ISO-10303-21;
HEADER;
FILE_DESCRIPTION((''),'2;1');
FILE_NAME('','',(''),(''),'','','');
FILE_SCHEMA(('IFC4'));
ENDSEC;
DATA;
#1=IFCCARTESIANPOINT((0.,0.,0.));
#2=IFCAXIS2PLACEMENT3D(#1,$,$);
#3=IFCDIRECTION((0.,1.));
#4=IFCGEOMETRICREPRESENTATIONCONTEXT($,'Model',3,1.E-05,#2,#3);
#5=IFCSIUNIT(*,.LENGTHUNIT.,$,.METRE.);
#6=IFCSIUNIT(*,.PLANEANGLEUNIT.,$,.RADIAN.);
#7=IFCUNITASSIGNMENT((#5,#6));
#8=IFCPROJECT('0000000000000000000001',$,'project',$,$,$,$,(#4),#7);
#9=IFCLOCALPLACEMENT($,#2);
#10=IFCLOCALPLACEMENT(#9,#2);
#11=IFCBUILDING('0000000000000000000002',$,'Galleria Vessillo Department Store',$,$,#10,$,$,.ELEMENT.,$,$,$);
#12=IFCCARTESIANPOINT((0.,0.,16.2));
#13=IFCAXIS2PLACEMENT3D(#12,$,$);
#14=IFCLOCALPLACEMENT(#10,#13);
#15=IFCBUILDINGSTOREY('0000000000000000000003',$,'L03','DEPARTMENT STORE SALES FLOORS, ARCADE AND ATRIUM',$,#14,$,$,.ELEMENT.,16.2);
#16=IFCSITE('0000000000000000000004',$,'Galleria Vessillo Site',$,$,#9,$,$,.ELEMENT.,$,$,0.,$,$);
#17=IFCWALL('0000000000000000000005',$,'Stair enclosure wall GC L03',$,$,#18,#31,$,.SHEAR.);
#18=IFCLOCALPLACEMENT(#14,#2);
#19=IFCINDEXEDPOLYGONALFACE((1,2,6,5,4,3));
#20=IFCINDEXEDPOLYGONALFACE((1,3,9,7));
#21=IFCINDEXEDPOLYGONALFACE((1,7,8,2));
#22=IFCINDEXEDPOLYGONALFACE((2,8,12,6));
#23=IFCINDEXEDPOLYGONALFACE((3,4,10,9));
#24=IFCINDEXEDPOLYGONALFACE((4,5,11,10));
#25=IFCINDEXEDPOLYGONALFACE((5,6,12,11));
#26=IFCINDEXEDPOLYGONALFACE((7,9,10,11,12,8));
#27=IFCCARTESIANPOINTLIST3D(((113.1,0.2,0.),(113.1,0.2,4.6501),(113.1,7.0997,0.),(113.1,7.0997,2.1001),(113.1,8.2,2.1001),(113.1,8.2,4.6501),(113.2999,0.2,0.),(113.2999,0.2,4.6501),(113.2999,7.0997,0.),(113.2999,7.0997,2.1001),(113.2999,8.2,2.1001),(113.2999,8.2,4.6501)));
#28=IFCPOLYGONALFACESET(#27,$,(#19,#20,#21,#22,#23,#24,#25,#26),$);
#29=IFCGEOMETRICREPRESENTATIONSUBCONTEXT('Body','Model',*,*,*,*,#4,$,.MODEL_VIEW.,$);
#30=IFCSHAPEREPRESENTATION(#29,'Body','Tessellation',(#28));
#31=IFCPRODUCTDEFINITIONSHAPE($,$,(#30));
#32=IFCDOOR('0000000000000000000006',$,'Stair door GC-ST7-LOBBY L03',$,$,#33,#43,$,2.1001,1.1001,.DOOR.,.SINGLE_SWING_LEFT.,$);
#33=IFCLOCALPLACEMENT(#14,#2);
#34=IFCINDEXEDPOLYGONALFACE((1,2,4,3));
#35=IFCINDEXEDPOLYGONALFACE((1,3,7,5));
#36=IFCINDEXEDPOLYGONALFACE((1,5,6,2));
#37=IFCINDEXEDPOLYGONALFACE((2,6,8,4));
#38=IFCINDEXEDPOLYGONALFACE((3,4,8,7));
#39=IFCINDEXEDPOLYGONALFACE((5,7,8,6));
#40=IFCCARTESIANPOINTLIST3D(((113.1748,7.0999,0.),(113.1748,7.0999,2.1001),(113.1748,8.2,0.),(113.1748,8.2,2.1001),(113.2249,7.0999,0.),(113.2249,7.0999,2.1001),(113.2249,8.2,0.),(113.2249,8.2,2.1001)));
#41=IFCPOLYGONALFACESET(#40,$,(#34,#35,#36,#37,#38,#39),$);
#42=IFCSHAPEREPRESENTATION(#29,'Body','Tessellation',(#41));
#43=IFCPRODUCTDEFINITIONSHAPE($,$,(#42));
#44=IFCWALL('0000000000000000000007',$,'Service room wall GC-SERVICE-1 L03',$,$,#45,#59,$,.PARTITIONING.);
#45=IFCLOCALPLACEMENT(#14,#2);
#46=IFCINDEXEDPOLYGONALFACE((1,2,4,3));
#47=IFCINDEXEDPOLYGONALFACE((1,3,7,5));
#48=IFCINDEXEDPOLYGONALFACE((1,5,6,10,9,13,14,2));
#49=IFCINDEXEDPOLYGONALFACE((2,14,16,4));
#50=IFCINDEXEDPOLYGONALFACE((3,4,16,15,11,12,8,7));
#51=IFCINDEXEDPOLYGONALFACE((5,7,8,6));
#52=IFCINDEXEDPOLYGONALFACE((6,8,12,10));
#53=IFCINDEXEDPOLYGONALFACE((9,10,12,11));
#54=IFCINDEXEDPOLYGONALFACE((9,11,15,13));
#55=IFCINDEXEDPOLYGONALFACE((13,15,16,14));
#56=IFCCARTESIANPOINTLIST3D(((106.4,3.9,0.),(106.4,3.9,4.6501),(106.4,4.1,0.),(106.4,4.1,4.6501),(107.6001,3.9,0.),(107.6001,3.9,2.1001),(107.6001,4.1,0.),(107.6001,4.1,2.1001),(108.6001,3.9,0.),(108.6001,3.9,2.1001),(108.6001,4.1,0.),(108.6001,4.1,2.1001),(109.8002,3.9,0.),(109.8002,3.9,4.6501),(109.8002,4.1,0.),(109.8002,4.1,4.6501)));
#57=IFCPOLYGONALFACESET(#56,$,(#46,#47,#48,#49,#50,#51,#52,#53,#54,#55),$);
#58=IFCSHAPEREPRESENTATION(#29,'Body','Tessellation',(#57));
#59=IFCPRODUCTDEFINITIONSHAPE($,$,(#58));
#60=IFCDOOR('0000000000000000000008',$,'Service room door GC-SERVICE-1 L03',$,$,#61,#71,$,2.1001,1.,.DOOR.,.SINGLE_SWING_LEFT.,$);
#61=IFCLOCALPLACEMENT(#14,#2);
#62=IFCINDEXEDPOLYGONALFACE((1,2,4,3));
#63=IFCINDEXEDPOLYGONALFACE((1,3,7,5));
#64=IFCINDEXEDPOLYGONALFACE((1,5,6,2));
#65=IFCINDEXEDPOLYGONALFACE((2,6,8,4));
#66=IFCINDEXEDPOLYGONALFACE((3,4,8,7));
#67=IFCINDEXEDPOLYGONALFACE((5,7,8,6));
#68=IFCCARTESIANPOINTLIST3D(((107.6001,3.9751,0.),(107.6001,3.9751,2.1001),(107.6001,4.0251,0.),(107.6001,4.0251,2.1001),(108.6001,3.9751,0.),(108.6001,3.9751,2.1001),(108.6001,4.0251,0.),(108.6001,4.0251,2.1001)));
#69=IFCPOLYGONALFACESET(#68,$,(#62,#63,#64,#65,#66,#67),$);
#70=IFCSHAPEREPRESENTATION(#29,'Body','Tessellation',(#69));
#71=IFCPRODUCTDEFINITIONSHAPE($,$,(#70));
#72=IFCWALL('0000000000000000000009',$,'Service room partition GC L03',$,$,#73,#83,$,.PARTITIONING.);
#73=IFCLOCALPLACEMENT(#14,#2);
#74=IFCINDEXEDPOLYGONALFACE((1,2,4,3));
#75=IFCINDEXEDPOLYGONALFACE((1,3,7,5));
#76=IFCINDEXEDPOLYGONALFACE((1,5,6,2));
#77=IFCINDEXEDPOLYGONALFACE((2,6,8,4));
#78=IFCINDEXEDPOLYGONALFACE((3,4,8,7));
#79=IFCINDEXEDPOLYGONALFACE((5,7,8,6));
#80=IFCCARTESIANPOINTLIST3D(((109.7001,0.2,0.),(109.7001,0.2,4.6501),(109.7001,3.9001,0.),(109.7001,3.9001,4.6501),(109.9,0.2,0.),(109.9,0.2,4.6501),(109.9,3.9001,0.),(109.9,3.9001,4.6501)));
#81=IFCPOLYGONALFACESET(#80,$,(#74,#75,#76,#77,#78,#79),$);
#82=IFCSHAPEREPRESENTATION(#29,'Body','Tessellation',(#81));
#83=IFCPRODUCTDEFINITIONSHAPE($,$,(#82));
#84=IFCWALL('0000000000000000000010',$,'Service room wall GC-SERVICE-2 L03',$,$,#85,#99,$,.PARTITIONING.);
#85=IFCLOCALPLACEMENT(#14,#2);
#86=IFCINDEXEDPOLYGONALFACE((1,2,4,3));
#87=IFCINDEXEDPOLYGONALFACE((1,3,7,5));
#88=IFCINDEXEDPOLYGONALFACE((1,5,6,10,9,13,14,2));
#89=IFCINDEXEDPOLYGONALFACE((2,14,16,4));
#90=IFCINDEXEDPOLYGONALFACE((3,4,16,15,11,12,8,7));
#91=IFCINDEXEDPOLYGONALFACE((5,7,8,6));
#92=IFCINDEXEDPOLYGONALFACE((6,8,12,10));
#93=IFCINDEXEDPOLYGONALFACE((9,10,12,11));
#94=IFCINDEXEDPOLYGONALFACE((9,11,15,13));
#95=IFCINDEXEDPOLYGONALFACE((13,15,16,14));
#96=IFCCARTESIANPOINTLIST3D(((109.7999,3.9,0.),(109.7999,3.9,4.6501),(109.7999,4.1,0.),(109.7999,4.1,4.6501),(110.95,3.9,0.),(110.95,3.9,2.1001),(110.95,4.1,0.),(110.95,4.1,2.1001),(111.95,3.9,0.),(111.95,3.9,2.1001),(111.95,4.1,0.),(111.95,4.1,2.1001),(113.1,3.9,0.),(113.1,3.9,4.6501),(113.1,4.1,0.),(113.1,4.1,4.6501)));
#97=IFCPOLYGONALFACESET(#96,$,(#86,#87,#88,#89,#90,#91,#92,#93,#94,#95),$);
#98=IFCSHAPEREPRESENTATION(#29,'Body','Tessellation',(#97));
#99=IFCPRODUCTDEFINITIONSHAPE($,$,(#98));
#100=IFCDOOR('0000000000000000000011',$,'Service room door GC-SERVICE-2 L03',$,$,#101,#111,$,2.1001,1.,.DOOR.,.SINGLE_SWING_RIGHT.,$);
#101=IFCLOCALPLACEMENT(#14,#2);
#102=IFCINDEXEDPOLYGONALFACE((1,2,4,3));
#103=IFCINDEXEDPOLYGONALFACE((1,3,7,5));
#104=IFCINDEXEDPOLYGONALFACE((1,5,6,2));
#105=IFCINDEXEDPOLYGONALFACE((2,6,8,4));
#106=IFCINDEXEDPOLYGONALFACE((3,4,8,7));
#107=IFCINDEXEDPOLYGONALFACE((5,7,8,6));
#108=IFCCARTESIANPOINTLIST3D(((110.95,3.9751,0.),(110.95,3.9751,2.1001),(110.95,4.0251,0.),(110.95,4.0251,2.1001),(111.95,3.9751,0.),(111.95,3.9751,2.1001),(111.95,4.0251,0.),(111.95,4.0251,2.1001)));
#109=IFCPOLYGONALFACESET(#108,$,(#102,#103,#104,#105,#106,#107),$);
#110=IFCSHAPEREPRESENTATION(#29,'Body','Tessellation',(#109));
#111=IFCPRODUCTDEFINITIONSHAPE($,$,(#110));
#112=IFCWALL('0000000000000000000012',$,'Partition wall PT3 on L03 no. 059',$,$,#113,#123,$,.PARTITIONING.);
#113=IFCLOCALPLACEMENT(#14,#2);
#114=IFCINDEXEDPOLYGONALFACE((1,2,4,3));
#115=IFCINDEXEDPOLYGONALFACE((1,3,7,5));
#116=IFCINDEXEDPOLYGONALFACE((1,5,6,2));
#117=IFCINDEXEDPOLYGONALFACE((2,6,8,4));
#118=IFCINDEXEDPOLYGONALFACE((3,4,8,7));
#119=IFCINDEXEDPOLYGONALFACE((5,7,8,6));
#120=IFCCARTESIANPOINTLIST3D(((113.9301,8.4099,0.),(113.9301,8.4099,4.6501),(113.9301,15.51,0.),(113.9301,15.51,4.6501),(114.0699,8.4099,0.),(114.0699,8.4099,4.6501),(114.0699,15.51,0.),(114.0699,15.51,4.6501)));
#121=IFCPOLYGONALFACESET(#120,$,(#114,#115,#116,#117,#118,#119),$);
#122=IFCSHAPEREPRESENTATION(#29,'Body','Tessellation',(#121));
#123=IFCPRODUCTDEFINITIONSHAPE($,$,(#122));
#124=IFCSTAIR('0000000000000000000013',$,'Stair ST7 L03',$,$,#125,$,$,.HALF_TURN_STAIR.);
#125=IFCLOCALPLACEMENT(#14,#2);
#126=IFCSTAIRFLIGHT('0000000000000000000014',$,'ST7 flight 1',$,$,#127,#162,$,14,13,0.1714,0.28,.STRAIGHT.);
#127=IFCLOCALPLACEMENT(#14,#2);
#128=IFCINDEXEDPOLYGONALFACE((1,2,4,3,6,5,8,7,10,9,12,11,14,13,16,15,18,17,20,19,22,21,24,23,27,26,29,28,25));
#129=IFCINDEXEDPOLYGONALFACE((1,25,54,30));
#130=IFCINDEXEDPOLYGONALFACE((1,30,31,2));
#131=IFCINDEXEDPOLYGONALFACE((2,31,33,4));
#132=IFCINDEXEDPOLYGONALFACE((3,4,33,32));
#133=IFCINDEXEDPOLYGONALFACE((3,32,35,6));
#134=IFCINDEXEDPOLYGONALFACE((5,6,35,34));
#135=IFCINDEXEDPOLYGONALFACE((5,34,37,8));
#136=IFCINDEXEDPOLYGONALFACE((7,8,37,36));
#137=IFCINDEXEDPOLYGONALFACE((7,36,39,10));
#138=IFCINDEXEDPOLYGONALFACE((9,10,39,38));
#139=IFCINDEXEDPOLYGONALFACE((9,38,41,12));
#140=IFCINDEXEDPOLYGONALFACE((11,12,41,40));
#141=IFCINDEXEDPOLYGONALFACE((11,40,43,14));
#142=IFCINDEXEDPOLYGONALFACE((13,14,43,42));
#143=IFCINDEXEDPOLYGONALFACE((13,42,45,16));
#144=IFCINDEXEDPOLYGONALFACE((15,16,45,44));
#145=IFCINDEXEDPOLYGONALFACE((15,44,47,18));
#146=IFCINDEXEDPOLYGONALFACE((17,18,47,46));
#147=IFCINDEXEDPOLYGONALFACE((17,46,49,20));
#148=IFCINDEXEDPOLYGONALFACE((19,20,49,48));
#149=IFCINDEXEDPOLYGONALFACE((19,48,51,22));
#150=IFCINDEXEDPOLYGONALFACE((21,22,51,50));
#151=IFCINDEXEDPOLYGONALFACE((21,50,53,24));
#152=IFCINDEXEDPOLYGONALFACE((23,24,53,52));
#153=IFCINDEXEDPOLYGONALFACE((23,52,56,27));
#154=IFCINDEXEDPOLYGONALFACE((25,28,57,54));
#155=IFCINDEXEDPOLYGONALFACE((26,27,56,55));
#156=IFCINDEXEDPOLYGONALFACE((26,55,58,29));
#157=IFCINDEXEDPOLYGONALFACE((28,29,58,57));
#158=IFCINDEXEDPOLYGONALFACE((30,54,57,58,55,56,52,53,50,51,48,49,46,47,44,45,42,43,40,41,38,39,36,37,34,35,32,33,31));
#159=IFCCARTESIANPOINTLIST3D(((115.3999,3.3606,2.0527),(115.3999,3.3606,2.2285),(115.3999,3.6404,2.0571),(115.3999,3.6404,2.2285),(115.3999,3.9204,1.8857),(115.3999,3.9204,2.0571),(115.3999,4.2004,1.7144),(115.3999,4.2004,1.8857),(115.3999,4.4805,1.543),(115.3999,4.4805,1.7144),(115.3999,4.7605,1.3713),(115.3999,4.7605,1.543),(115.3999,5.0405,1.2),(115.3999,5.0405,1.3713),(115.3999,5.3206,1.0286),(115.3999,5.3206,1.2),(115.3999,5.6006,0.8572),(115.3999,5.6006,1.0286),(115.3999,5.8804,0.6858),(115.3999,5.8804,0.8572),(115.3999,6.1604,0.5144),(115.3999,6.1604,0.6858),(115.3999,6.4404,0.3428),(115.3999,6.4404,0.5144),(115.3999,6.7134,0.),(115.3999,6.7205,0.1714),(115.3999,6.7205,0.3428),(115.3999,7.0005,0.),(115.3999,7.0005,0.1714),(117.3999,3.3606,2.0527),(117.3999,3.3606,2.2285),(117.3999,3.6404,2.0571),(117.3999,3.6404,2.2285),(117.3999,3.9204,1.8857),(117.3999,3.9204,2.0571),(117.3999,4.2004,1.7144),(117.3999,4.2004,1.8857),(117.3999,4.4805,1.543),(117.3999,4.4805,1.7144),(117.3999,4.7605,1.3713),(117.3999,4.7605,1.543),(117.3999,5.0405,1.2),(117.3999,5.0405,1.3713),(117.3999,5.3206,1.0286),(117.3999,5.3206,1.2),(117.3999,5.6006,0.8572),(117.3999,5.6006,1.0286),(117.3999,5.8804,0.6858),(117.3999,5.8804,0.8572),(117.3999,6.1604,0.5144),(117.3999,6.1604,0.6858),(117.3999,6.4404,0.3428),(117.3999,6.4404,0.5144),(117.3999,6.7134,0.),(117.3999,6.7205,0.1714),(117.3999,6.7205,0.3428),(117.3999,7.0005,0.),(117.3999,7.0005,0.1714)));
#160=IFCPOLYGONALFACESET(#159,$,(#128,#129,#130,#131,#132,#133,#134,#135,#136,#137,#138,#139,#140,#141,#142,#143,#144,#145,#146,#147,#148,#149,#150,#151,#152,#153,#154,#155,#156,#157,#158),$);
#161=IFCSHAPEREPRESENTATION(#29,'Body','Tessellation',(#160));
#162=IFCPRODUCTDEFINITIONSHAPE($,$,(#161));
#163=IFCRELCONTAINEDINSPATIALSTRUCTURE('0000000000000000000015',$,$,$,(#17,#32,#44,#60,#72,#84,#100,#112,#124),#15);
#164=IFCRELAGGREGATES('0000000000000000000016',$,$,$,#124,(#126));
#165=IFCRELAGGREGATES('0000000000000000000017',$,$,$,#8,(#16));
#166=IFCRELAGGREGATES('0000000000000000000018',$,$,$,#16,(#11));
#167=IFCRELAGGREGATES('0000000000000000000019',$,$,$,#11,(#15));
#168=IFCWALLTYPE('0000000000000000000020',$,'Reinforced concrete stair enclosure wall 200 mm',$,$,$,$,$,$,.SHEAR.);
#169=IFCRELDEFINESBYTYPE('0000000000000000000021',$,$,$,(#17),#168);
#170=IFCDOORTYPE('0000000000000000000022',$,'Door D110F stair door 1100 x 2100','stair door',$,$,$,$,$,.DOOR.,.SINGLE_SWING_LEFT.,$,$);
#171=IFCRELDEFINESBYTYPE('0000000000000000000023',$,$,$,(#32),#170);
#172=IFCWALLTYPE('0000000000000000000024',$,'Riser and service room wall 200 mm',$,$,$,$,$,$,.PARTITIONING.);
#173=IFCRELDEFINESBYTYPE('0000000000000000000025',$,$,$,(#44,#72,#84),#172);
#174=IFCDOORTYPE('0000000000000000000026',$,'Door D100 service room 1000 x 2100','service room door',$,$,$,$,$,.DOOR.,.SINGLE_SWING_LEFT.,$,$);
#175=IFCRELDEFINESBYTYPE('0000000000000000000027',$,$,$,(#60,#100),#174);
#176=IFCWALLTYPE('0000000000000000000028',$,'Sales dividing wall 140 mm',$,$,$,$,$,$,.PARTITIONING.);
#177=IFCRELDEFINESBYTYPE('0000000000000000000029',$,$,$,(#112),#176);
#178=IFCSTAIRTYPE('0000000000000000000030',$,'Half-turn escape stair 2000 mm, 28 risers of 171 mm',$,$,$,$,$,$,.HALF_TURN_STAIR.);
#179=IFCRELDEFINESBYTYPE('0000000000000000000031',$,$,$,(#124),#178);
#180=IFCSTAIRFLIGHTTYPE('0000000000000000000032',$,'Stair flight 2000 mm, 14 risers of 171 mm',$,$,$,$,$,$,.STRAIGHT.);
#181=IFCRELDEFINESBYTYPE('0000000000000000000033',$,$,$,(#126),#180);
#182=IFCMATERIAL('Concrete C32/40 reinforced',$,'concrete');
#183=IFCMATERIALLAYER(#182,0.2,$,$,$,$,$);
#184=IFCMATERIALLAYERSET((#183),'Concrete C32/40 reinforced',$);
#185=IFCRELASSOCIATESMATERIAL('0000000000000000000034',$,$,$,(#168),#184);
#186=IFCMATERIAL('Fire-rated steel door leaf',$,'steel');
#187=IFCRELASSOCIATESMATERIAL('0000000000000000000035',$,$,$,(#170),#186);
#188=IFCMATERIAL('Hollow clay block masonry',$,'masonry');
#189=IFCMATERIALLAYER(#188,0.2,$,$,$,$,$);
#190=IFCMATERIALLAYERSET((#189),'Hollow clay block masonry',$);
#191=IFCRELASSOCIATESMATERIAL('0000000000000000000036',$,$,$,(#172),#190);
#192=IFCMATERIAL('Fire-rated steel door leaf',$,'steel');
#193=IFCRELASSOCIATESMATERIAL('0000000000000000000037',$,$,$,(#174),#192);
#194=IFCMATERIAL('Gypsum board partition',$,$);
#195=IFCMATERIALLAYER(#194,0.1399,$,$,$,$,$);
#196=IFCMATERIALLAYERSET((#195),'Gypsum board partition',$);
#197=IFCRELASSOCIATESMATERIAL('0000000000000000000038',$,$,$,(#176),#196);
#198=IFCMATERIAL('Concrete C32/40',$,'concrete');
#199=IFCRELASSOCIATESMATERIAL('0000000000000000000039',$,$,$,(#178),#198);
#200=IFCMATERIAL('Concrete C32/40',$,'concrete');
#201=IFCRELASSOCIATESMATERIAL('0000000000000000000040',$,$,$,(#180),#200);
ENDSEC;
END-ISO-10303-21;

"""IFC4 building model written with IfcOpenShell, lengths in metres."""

from ifc_helpers import new_model, si_unit, direction, frame, frame_2d, origin, place, context, subcontext, project, spatial, polyline, rectangle, outline, extrude, material, layer, layer_set, type_object, element, fill, aggregate, save


model = new_model("IFC4")

# Units and contexts
model_context = context("Model", 3, precision=1e-05, world=origin(), true_north=direction((0.0, 1.0)))
body_context = subcontext(model_context, "Body", "Model", "MODEL_VIEW")
ifc_project = project(units=[si_unit("LENGTHUNIT", "METRE"), si_unit("PLANEANGLEUNIT", "RADIAN")], contexts=[model_context])

# Site, building, storey
site_placement = place(None, origin())
site = spatial("IfcSite", under=ifc_project, at=site_placement, Name="Galleria Vessillo Site", CompositionType="ELEMENT", RefElevation=0.0)
building_placement = place(site_placement, origin())
building = spatial("IfcBuilding", under=site, at=building_placement, Name="Galleria Vessillo Department Store", CompositionType="ELEMENT")
storey_placement = place(building_placement, frame((0.0, 0.0, 16.2)))
storey = spatial("IfcBuildingStorey", under=building, at=storey_placement, Name="L03", Description="DEPARTMENT STORE SALES FLOORS, ARCADE AND ATRIUM", CompositionType="ELEMENT", Elevation=16.2)

# Walls, openings, doors
ifc_material_1 = material(Name="Concrete C32/40 reinforced", Category="concrete")
ifc_layer_1 = layer(ifc_material_1, 0.2)
ifc_layer_set_1 = layer_set([ifc_layer_1], Name="Concrete C32/40 reinforced")
wall_type_1 = type_object("IfcWallType", Name="Reinforced concrete stair enclosure wall 200 mm", PredefinedType="SHEAR", material=ifc_layer_set_1)
wall_1_placement = place(storey_placement, frame((113.2, 0.2, 0.0), z_axis=(0.0, 0.0, 1.0), x_axis=(0.0, 1.0, 0.0)))
wall_1 = element("IfcWall", 1, at=wall_1_placement, inside=storey, type_object=wall_type_1, Name="Stair enclosure wall GC L03", PredefinedType="SHEAR", context=body_context, shape_type="SweptSolid", body=[
    extrude(rectangle(XDim=8.0, YDim=0.2, at=frame_2d((4.0, 0.0))), origin(), (0.0, 0.0, 1.0), 4.6501),
])
opening_1_placement = place(wall_1_placement, frame((6.8999, 0.0, 0.0)))
opening_1 = element("IfcOpeningElement", 2, at=opening_1_placement, cuts=wall_1, PredefinedType="OPENING", context=body_context, shape_type="SweptSolid", body=[
    extrude(rectangle(XDim=1.1101, YDim=2.1001, at=frame_2d((0.5549, 1.05))), frame((0.0, 0.1099, 0.0), z_axis=(0.0, -1.0, 0.0), x_axis=(1.0, 0.0, 0.0)), (0.0, 0.0, 1.0), 0.22),
])
ifc_material_2 = material(Name="Fire-rated steel door leaf", Category="steel")
door_type_1 = type_object("IfcDoorType", Name="Door D110F stair door 1100 x 2100", Description="stair door", OperationType="SINGLE_SWING_LEFT", PredefinedType="DOOR", material=ifc_material_2)
door_1_placement = place(opening_1_placement, frame((1.1001, 0.0, 0.0), z_axis=(0.0, 0.0, 1.0), x_axis=(-1.0, 0.0, 0.0)))
door_1 = element("IfcDoor", 3, at=door_1_placement, inside=storey, type_object=door_type_1, Name="Stair door GC-ST7-LOBBY L03", OperationType="SINGLE_SWING_LEFT", OverallHeight=2.1001, OverallWidth=1.1001, PredefinedType="DOOR", context=body_context, shape_type="SweptSolid", body=[
    extrude(rectangle(XDim=1.1001, YDim=2.1001, at=frame_2d((0.55, 1.05))), frame((0.0, 0.0249, 0.0), z_axis=(0.0, -1.0, 0.0), x_axis=(1.0, 0.0, 0.0)), (0.0, 0.0, 1.0), 0.05),
])
fill(opening_1, door_1)
ifc_material_3 = material(Name="Hollow clay block masonry", Category="masonry")
ifc_layer_2 = layer(ifc_material_3, 0.2)
ifc_layer_set_2 = layer_set([ifc_layer_2], Name="Hollow clay block masonry")
wall_type_2 = type_object("IfcWallType", Name="Riser and service room wall 200 mm", PredefinedType="PARTITIONING", material=ifc_layer_set_2)
wall_2_placement = place(storey_placement, frame((106.3999, 4.0, 0.0), z_axis=(0.0, 0.0, 1.0), x_axis=(1.0, 0.0, 0.0)))
wall_2 = element("IfcWall", 4, at=wall_2_placement, inside=storey, type_object=wall_type_2, Name="Service room wall GC-SERVICE-1 L03", PredefinedType="PARTITIONING", context=body_context, shape_type="SweptSolid", body=[
    extrude(rectangle(XDim=3.4001, YDim=0.2, at=frame_2d((1.7002, 0.0))), origin(), (0.0, 0.0, 1.0), 4.6501),
])
opening_2_placement = place(wall_2_placement, frame((1.2002, 0.0, 0.0)))
opening_2 = element("IfcOpeningElement", 5, at=opening_2_placement, cuts=wall_2, PredefinedType="OPENING", context=body_context, shape_type="SweptSolid", body=[
    extrude(rectangle(XDim=1.0, YDim=2.1001, at=frame_2d((0.5, 1.05))), frame((0.0, 0.1099, 0.0), z_axis=(0.0, -1.0, 0.0), x_axis=(1.0, 0.0, 0.0)), (0.0, 0.0, 1.0), 0.22),
])
ifc_material_4 = material(Name="Fire-rated steel door leaf", Category="steel")
door_type_2 = type_object("IfcDoorType", Name="Door D100 service room 1000 x 2100", Description="service room door", OperationType="SINGLE_SWING_LEFT", PredefinedType="DOOR", material=ifc_material_4)
door_2_placement = place(opening_2_placement, frame((1.0, 0.0, 0.0), z_axis=(0.0, 0.0, 1.0), x_axis=(-1.0, 0.0, 0.0)))
door_2 = element("IfcDoor", 6, at=door_2_placement, inside=storey, type_object=door_type_2, Name="Service room door GC-SERVICE-1 L03", OperationType="SINGLE_SWING_LEFT", OverallHeight=2.1001, OverallWidth=1.0, PredefinedType="DOOR", context=body_context, shape_type="SweptSolid", body=[
    extrude(rectangle(XDim=1.0, YDim=2.1001, at=frame_2d((0.5, 1.05))), frame((0.0, 0.0249, 0.0), z_axis=(0.0, -1.0, 0.0), x_axis=(1.0, 0.0, 0.0)), (0.0, 0.0, 1.0), 0.05),
])
fill(opening_2, door_2)

# Wall
wall_3_placement = place(storey_placement, frame((109.8, 0.2, 0.0), z_axis=(0.0, 0.0, 1.0), x_axis=(0.0, 1.0, 0.0)))
element("IfcWall", 7, at=wall_3_placement, inside=storey, type_object=wall_type_2, Name="Service room partition GC L03", PredefinedType="PARTITIONING", context=body_context, shape_type="SweptSolid", body=[
    extrude(rectangle(XDim=3.7002, YDim=0.2, at=frame_2d((1.8501, 0.0))), origin(), (0.0, 0.0, 1.0), 4.6501),
])

# Wall, opening, door
wall_4_placement = place(storey_placement, frame((109.8, 4.0, 0.0), z_axis=(0.0, 0.0, 1.0), x_axis=(1.0, 0.0, 0.0)))
wall_4 = element("IfcWall", 8, at=wall_4_placement, inside=storey, type_object=wall_type_2, Name="Service room wall GC-SERVICE-2 L03", PredefinedType="PARTITIONING", context=body_context, shape_type="SweptSolid", body=[
    extrude(rectangle(XDim=3.3, YDim=0.2, at=frame_2d((1.6499, 0.0))), origin(), (0.0, 0.0, 1.0), 4.6501),
])
opening_3_placement = place(wall_4_placement, frame((1.1499, 0.0, 0.0)))
opening_3 = element("IfcOpeningElement", 9, at=opening_3_placement, cuts=wall_4, PredefinedType="OPENING", context=body_context, shape_type="SweptSolid", body=[
    extrude(rectangle(XDim=1.0, YDim=2.1001, at=frame_2d((0.5, 1.05))), frame((0.0, 0.1099, 0.0), z_axis=(0.0, -1.0, 0.0), x_axis=(1.0, 0.0, 0.0)), (0.0, 0.0, 1.0), 0.22),
])
door_3_placement = place(opening_3_placement, frame((1.0, 0.0, 0.0), z_axis=(0.0, 0.0, 1.0), x_axis=(-1.0, 0.0, 0.0)))
door_3 = element("IfcDoor", 10, at=door_3_placement, inside=storey, type_object=door_type_2, Name="Service room door GC-SERVICE-2 L03", OperationType="SINGLE_SWING_RIGHT", OverallHeight=2.1001, OverallWidth=1.0, PredefinedType="DOOR", context=body_context, shape_type="SweptSolid", body=[
    extrude(rectangle(XDim=1.0, YDim=2.1001, at=frame_2d((0.5, 1.05))), frame((0.0, 0.0249, 0.0), z_axis=(0.0, -1.0, 0.0), x_axis=(1.0, 0.0, 0.0)), (0.0, 0.0, 1.0), 0.05),
])
fill(opening_3, door_3)

# Wall
ifc_material_5 = material(Name="Gypsum board partition")
ifc_layer_3 = layer(ifc_material_5, 0.1399)
ifc_layer_set_3 = layer_set([ifc_layer_3], Name="Gypsum board partition")
wall_type_3 = type_object("IfcWallType", Name="Sales dividing wall 140 mm", PredefinedType="PARTITIONING", material=ifc_layer_set_3)
wall_5_placement = place(storey_placement, frame((114.0, 8.4099, 0.0), z_axis=(0.0, 0.0, 1.0), x_axis=(0.0, 1.0, 0.0)))
element("IfcWall", 11, at=wall_5_placement, inside=storey, type_object=wall_type_3, Name="Partition wall PT3 on L03 no. 059", PredefinedType="PARTITIONING", context=body_context, shape_type="SweptSolid", body=[
    extrude(rectangle(XDim=7.1001, YDim=0.1399, at=frame_2d((3.55, 0.0))), origin(), (0.0, 0.0, 1.0), 4.6501),
])

# Stair, stair flight
ifc_material_6 = material(Name="Concrete C32/40", Category="concrete")
stair_type = type_object("IfcStairType", Name="Half-turn escape stair 2000 mm, 28 risers of 171 mm", PredefinedType="HALF_TURN_STAIR", material=ifc_material_6)
stair_placement = place(storey_placement, origin())
stair = element("IfcStair", 12, at=stair_placement, inside=storey, type_object=stair_type, Name="Stair ST7 L03", PredefinedType="HALF_TURN_STAIR")
ifc_material_7 = material(Name="Concrete C32/40", Category="concrete")
stair_flight_type = type_object("IfcStairFlightType", Name="Stair flight 2000 mm, 14 risers of 171 mm", PredefinedType="STRAIGHT", material=ifc_material_7)
stair_flight_1_placement = place(storey_placement, frame((116.3999, 7.0005, 0.0), z_axis=(0.0, 0.0, 1.0), x_axis=(0.0, -1.0, 0.0)))
stair_flight_1 = element("IfcStairFlight", 13, at=stair_flight_1_placement, type_object=stair_flight_type, Name="ST7 flight 1", NumberOfRisers=14, NumberOfTreads=13, PredefinedType="STRAIGHT", RiserHeight=0.1714, TreadLength=0.28, context=body_context, shape_type="SweptSolid", body=[
    extrude(outline(polyline([(0.0, 0.0), (0.0, 0.1714), (0.28, 0.1714), (0.28, 0.3428), (0.5601, 0.3428), (0.5601, 0.5144), (0.8401, 0.5144), (0.8401, 0.6858), (1.1201, 0.6858), (1.1201, 0.8572), (1.3999, 0.8572), (1.3999, 1.0286), (1.6799, 1.0286), (1.6799, 1.2), (1.96, 1.2), (1.96, 1.3713), (2.24, 1.3713), (2.24, 1.543), (2.52, 1.543), (2.52, 1.7144), (2.8, 1.7144), (2.8, 1.8857), (3.0801, 1.8857), (3.0801, 2.0571), (3.3601, 2.0571), (3.3601, 2.2285), (3.6399, 2.2285), (3.6399, 2.3999), (3.6399, 2.0527), (0.2871, 0.0), (0.0, 0.0)])), frame((0.0, 1.0, 0.0), z_axis=(0.0, -1.0, 0.0), x_axis=(1.0, 0.0, 0.0)), (0.0, 0.0, 1.0), 2.0),
])
aggregate(stair, [stair_flight_1])

save(model, "model.ifc")
